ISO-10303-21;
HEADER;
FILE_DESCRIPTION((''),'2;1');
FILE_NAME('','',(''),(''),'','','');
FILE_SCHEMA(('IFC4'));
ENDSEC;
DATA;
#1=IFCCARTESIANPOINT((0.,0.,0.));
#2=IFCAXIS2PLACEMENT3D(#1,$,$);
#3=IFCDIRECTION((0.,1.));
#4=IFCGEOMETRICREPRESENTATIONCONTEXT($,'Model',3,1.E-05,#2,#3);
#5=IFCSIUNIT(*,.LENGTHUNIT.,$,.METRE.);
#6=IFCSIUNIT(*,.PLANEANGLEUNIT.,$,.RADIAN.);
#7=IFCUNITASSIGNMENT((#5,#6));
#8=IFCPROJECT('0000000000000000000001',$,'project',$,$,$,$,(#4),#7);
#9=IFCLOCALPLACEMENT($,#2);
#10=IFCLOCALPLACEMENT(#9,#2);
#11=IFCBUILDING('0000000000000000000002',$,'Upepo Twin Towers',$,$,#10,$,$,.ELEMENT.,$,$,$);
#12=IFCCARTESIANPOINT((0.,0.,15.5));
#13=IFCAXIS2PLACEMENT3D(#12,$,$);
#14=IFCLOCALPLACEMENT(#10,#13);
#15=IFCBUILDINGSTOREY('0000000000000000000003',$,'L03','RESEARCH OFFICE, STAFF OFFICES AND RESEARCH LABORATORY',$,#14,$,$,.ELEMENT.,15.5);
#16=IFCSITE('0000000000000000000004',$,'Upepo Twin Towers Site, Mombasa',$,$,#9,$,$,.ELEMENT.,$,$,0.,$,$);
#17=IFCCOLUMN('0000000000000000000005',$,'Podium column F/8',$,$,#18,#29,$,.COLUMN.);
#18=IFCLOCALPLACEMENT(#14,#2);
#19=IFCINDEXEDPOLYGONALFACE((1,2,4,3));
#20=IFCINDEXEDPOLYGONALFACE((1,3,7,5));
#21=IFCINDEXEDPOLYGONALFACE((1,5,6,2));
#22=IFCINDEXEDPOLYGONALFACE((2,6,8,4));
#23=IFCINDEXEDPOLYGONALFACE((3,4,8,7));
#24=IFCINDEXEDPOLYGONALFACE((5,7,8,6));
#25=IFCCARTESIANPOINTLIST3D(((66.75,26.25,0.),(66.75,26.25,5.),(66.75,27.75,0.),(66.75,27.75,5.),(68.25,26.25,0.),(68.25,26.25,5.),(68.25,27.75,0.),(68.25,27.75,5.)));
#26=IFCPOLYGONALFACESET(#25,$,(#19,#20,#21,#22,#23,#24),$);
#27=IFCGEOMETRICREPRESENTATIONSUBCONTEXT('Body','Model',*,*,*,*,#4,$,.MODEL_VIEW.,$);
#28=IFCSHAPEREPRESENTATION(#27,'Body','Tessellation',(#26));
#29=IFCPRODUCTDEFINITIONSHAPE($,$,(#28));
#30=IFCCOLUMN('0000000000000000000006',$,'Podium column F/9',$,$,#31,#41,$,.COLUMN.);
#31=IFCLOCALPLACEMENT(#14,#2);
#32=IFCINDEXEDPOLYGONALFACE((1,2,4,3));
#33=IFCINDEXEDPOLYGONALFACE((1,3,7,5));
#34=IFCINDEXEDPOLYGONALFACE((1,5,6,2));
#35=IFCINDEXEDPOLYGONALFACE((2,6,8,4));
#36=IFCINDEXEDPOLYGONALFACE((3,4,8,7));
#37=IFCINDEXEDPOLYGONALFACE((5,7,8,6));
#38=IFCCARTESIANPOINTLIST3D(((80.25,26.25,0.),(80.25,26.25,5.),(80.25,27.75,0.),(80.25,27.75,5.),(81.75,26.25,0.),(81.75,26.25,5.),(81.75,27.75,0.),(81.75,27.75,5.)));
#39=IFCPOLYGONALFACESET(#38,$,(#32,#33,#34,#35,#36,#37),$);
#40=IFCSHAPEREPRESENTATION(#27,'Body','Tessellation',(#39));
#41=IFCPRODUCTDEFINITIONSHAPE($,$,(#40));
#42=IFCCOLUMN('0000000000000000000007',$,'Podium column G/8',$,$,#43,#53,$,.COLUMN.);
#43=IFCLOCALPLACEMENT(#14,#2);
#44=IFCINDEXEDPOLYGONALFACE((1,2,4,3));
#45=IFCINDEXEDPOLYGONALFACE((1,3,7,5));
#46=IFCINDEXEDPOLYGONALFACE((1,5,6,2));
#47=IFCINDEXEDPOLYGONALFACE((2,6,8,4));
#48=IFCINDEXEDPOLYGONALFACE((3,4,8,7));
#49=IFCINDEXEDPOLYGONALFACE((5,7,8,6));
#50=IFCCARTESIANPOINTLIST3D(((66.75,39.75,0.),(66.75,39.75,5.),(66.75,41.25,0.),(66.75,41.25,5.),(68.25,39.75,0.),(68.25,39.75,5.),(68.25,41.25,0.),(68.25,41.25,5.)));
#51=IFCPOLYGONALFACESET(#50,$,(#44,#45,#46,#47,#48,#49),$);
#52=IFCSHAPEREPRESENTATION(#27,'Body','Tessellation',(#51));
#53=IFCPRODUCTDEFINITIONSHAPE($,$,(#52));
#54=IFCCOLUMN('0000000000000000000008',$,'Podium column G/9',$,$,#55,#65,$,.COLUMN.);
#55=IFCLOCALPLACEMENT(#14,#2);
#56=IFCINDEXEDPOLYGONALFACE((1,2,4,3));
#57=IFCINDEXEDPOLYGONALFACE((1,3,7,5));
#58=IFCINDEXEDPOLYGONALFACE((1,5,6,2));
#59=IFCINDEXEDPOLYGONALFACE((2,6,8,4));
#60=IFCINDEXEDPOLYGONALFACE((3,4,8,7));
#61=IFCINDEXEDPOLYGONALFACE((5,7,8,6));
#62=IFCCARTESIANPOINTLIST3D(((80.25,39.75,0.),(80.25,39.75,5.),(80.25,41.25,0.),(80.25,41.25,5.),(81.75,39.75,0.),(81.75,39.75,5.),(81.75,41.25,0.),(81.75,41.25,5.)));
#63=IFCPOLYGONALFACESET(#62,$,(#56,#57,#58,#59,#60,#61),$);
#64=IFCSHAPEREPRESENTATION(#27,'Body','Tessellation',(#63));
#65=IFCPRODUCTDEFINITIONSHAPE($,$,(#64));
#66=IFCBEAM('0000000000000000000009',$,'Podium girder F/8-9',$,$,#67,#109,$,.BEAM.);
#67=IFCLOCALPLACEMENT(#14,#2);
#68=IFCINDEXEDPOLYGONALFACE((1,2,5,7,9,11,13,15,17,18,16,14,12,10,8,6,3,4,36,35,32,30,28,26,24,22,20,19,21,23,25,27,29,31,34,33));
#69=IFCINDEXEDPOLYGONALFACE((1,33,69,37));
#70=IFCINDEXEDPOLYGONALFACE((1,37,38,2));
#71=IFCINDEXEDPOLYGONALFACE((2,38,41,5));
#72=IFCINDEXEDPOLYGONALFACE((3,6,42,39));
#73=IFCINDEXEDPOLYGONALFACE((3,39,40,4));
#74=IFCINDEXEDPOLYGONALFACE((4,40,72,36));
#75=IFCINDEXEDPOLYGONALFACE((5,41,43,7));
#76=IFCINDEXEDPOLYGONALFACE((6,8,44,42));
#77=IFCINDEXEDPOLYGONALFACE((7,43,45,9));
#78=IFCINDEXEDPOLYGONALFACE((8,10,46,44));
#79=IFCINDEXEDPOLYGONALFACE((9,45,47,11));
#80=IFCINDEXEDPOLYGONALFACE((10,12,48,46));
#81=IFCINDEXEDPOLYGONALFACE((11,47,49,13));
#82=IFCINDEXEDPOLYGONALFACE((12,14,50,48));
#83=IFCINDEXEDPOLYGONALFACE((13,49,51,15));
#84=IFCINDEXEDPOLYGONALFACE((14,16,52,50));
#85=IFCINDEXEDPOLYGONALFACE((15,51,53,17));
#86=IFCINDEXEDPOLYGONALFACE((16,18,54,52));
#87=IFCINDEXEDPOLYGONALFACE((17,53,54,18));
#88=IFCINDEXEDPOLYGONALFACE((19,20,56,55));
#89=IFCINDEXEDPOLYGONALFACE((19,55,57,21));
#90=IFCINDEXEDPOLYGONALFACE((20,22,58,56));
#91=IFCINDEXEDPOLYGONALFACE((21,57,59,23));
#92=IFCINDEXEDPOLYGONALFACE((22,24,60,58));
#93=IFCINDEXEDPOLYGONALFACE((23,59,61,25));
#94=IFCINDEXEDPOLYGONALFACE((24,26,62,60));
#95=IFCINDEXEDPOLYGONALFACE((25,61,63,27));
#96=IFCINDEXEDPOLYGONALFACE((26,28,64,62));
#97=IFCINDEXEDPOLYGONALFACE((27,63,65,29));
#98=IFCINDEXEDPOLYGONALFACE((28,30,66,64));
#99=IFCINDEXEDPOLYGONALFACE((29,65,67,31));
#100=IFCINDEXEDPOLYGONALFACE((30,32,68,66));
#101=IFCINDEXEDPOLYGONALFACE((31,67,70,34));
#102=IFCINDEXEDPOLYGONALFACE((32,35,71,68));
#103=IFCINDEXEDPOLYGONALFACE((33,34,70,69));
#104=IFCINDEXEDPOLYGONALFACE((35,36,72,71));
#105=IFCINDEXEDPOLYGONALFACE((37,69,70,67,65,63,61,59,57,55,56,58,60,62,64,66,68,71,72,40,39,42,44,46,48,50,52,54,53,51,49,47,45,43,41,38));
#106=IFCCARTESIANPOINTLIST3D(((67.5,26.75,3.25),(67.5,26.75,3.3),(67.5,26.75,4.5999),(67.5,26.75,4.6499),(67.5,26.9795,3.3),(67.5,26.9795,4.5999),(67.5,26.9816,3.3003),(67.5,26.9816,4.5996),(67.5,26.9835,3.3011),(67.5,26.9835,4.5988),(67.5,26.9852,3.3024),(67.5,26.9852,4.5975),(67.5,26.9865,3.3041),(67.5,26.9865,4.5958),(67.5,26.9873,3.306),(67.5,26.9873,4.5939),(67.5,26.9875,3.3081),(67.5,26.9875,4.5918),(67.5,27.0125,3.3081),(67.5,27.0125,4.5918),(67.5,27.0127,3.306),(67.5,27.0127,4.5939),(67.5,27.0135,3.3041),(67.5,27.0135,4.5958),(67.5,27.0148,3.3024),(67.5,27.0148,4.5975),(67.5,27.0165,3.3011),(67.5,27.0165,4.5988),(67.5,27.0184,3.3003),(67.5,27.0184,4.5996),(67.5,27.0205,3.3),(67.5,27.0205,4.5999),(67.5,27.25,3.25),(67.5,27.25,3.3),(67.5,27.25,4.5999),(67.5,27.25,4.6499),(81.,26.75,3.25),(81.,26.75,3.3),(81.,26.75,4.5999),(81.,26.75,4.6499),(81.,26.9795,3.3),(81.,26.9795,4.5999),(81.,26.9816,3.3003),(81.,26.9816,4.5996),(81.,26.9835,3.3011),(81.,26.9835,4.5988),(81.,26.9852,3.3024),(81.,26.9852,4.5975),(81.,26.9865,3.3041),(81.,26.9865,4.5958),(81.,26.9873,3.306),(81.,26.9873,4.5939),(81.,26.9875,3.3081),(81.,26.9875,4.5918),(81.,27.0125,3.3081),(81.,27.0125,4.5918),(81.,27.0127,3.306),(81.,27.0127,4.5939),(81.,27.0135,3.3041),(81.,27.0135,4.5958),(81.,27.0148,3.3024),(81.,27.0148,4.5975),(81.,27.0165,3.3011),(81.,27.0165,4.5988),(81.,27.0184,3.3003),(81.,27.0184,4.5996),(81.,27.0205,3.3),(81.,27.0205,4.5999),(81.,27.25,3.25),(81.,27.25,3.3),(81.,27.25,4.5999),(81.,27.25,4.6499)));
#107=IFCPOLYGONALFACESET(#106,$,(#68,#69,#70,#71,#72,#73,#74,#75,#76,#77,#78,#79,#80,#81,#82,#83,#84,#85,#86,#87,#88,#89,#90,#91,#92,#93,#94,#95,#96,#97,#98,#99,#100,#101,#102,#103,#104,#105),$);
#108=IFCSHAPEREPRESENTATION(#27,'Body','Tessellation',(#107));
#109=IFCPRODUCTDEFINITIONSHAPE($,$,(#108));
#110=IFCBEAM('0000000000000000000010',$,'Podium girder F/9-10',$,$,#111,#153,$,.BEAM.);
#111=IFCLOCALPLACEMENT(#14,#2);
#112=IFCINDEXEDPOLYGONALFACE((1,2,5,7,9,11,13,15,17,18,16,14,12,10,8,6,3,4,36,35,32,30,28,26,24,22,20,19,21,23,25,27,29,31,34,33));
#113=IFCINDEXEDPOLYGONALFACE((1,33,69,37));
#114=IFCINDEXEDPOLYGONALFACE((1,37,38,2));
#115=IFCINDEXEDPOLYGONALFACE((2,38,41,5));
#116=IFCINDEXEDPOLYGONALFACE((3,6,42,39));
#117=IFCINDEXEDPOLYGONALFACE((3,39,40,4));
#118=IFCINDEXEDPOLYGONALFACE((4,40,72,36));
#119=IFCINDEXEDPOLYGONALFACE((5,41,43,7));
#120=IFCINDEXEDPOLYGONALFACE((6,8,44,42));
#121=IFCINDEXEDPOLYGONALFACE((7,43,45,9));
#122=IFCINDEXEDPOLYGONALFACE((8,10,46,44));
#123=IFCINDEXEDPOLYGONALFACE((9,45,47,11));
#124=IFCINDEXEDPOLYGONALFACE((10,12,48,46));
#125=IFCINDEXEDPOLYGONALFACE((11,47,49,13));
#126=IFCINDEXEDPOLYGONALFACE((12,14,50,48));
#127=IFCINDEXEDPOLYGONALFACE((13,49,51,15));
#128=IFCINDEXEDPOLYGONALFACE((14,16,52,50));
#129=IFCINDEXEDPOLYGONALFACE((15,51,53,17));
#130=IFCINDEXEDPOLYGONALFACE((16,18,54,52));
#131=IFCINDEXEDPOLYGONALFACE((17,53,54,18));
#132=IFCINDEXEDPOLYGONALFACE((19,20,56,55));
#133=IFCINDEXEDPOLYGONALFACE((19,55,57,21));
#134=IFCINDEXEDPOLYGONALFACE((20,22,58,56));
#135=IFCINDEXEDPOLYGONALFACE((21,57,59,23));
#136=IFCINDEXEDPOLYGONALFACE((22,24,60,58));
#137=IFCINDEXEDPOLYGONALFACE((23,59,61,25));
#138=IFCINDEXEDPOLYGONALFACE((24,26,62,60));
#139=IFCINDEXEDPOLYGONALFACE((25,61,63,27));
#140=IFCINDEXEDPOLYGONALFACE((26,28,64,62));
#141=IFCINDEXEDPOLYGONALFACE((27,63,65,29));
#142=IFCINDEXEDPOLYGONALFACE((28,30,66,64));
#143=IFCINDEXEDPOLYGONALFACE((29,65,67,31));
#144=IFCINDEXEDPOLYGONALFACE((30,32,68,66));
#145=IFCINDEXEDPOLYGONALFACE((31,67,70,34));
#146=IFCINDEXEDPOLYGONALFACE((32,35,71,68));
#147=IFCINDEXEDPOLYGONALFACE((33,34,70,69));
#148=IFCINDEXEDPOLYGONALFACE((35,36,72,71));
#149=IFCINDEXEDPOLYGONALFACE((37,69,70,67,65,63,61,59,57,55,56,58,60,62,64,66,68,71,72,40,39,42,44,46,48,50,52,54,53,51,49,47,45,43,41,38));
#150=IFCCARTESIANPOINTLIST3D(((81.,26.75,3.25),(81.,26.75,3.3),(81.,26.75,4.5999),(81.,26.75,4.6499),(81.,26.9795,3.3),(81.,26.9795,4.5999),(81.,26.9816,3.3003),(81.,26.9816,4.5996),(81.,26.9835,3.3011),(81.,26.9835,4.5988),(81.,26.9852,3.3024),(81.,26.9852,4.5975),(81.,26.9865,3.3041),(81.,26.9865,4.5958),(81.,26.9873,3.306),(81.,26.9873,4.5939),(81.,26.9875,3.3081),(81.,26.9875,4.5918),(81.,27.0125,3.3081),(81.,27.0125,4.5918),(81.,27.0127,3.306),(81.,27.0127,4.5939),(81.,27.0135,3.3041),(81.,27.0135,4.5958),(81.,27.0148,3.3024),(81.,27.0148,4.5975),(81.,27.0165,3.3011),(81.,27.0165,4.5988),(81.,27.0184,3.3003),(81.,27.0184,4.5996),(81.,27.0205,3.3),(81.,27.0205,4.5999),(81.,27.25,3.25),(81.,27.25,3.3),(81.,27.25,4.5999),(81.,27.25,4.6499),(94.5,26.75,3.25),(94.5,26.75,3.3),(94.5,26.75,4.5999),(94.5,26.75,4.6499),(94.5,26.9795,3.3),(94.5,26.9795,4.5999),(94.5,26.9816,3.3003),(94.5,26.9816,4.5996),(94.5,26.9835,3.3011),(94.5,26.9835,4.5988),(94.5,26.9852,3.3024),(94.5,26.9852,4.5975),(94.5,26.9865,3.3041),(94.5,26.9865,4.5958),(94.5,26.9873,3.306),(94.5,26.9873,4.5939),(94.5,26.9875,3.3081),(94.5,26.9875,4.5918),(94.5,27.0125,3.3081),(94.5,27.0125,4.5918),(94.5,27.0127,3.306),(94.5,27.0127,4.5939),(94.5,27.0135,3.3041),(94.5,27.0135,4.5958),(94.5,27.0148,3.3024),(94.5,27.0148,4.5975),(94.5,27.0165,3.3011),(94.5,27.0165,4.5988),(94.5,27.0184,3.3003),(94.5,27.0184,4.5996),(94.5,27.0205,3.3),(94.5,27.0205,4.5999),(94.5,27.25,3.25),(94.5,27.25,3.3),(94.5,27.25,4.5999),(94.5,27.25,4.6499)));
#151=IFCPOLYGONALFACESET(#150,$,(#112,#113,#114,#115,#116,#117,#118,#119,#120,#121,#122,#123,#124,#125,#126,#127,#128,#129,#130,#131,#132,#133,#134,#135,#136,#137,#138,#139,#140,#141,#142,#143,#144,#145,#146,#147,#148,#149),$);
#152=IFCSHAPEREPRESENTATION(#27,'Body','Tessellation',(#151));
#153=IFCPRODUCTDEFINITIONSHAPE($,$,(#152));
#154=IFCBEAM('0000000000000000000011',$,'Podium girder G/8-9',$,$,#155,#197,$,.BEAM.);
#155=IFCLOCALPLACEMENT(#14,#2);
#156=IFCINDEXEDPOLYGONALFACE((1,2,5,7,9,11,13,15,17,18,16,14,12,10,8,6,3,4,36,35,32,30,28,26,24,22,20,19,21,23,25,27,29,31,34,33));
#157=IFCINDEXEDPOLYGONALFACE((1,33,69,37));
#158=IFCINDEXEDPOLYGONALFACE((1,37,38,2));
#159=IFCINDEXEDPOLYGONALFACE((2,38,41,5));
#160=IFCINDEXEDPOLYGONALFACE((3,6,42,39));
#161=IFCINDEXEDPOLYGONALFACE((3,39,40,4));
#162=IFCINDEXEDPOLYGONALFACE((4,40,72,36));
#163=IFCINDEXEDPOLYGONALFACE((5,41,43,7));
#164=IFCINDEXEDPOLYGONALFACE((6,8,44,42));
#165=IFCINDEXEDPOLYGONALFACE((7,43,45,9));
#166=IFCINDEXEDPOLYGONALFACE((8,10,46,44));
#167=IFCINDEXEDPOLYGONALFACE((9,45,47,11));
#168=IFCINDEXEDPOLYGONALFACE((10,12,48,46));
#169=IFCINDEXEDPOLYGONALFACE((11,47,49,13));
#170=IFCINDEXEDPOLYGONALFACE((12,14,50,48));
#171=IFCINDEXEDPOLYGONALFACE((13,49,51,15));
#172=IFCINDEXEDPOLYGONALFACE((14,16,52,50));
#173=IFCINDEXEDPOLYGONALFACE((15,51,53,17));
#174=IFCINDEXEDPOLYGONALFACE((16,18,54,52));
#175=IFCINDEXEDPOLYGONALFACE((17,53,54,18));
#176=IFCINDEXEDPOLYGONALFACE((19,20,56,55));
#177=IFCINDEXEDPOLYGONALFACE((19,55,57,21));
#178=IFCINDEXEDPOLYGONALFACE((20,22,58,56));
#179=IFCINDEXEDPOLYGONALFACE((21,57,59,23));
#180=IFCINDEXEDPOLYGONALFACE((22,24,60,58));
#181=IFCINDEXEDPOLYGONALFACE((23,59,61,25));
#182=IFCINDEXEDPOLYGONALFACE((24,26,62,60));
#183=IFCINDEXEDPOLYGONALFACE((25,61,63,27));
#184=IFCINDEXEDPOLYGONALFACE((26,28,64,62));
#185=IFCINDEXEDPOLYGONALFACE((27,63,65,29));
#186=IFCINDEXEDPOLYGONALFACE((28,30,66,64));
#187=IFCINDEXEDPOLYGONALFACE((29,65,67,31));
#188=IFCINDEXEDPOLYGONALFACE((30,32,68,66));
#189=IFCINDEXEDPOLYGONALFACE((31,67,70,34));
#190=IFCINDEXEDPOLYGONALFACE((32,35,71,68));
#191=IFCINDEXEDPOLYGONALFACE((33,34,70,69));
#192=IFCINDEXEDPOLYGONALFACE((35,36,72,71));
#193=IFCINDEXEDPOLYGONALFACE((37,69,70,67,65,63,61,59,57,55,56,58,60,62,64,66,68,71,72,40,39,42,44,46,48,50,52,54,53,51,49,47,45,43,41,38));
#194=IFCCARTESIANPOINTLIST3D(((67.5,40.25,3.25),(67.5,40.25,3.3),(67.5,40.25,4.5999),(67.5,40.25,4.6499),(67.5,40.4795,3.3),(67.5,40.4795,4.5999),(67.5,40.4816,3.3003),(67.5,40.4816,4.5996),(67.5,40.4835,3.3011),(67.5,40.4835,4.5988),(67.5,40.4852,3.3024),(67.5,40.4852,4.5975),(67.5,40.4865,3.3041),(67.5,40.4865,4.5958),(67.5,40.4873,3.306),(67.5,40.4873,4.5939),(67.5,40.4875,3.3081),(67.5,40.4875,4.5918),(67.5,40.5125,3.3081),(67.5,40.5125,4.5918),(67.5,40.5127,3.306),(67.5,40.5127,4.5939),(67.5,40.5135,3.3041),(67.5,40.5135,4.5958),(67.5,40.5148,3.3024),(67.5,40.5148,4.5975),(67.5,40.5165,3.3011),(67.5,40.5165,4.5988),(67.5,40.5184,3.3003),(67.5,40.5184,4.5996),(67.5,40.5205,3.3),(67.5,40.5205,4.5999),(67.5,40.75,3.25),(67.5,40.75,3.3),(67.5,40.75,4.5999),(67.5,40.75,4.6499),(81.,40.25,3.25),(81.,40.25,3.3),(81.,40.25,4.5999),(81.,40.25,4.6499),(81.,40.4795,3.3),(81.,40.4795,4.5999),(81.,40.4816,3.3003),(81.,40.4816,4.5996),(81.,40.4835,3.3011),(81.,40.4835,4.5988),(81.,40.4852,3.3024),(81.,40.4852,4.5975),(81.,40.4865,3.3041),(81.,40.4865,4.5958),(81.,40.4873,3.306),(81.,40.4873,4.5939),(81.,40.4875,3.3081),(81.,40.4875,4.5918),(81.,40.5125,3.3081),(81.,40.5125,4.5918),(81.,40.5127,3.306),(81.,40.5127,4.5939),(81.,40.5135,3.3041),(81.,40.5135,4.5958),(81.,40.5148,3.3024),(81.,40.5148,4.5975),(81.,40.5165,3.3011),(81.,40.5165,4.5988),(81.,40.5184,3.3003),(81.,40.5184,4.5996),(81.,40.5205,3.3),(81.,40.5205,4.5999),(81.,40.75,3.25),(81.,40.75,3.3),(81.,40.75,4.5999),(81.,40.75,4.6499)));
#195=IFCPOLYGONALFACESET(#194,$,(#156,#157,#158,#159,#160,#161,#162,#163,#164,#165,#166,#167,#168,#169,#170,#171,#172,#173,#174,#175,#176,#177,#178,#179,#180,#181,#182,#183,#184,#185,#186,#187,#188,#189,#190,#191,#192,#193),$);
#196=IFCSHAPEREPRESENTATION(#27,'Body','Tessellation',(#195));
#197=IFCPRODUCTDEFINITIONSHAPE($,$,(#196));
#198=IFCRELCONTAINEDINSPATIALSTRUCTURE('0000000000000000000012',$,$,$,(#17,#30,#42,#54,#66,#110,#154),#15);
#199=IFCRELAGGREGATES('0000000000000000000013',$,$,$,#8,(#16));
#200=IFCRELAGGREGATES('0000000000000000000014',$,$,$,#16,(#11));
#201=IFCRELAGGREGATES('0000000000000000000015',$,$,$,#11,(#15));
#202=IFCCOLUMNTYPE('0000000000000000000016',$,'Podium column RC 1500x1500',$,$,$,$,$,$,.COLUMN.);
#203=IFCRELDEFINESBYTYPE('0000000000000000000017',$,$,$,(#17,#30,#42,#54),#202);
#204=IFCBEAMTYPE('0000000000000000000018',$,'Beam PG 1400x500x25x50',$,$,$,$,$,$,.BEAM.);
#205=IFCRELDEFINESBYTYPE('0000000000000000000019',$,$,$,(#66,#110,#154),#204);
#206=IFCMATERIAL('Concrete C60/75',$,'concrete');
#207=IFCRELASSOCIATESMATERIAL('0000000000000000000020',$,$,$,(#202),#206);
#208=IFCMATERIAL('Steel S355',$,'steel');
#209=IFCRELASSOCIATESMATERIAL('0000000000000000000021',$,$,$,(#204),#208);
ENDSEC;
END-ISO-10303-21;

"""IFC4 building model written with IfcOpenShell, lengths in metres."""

from ifc_helpers import new_model, si_unit, direction, frame, origin, origin_2d, place, context, subcontext, project, spatial, rectangle, i_section, extrude, material, material_profile, profile_set, type_object, element, save


model = new_model("IFC4")

# Units and contexts
model_context = context("Model", 3, precision=1e-05, world=origin(), true_north=direction((0.0, 1.0)))
body_context = subcontext(model_context, "Body", "Model", "MODEL_VIEW")
ifc_project = project(units=[si_unit("LENGTHUNIT", "METRE"), si_unit("PLANEANGLEUNIT", "RADIAN")], contexts=[model_context])

# Site, building, storey
site_placement = place(None, origin())
site = spatial("IfcSite", under=ifc_project, at=site_placement, Name="Upepo Twin Towers Site, Mombasa", CompositionType="ELEMENT", RefElevation=0.0)
building_placement = place(site_placement, origin())
building = spatial("IfcBuilding", under=site, at=building_placement, Name="Upepo Twin Towers", CompositionType="ELEMENT")
storey_placement = place(building_placement, frame((0.0, 0.0, 15.5)))
storey = spatial("IfcBuildingStorey", under=building, at=storey_placement, Name="L03", Description="RESEARCH OFFICE, STAFF OFFICES AND RESEARCH LABORATORY", CompositionType="ELEMENT", Elevation=15.5)

# Columns
ifc_material_1 = material(Name="Concrete C60/75", Category="concrete")
ifc_material_profile_1 = material_profile(ifc_material_1, rectangle(XDim=1.5, YDim=1.5, at=origin_2d()), Name="RC 1500x1500")
ifc_profile_set_1 = profile_set([ifc_material_profile_1], Name="Concrete C60/75")
column_type = type_object("IfcColumnType", Name="Podium column RC 1500x1500", PredefinedType="COLUMN", material=ifc_profile_set_1)
for number, where, z_axis, x_axis, name in (
    (1, (67.5, 27.0, 0.0), (0.0, 0.0, 1.0), (1.0, 0.0, 0.0), "Podium column F/8"),
    (2, (81.0, 27.0, 0.0), (0.0, 0.0, 1.0), (1.0, 0.0, 0.0), "Podium column F/9"),
    (3, (67.5, 40.5, 0.0), (0.0, 0.0, 1.0), (1.0, 0.0, 0.0), "Podium column G/8"),
    (4, (81.0, 40.5, 0.0), (0.0, 0.0, 1.0), (1.0, 0.0, 0.0), "Podium column G/9"),
):
    element("IfcColumn", number, at=place(storey_placement, frame(where, z_axis=z_axis, x_axis=x_axis)), inside=storey, type_object=column_type, Name=name, PredefinedType="COLUMN", context=body_context, shape_type="SweptSolid", body=[
        extrude(rectangle(XDim=1.5, YDim=1.5, at=origin_2d()), origin(), (0.0, 0.0, 1.0), 5.0),
    ])

# Beams
ifc_material_2 = material(Name="Steel S355", Category="steel")
ifc_material_profile_2 = material_profile(ifc_material_2, i_section(OverallWidth=0.5, OverallDepth=1.3999, WebThickness=0.0249, FlangeThickness=0.05, FilletRadius=0.0081, at=origin_2d()), Name="PG 1400x500x25x50")
ifc_profile_set_2 = profile_set([ifc_material_profile_2], Name="Steel S355")
beam_type_1 = type_object("IfcBeamType", Name="Beam PG 1400x500x25x50", PredefinedType="BEAM", material=ifc_profile_set_2)
for number, where, z_axis, x_axis, name in (
    (5, (67.5, 27.0, 3.95), (1.0, 0.0, 0.0), (0.0, 1.0, 0.0), "Podium girder F/8-9"),
    (6, (81.0, 27.0, 3.95), (1.0, 0.0, 0.0), (0.0, 1.0, 0.0), "Podium girder F/9-10"),
    (7, (67.5, 40.5, 3.95), (1.0, 0.0, 0.0), (0.0, 1.0, 0.0), "Podium girder G/8-9"),
):
    element("IfcBeam", number, at=place(storey_placement, frame(where, z_axis=z_axis, x_axis=x_axis)), inside=storey, type_object=beam_type_1, Name=name, PredefinedType="BEAM", context=body_context, shape_type="SweptSolid", body=[
        extrude(i_section(OverallWidth=0.5, OverallDepth=1.3999, WebThickness=0.0249, FlangeThickness=0.05, FilletRadius=0.0081, at=origin_2d()), origin(), (0.0, 0.0, 1.0), 13.5),
    ])

save(model, "model.ifc")
